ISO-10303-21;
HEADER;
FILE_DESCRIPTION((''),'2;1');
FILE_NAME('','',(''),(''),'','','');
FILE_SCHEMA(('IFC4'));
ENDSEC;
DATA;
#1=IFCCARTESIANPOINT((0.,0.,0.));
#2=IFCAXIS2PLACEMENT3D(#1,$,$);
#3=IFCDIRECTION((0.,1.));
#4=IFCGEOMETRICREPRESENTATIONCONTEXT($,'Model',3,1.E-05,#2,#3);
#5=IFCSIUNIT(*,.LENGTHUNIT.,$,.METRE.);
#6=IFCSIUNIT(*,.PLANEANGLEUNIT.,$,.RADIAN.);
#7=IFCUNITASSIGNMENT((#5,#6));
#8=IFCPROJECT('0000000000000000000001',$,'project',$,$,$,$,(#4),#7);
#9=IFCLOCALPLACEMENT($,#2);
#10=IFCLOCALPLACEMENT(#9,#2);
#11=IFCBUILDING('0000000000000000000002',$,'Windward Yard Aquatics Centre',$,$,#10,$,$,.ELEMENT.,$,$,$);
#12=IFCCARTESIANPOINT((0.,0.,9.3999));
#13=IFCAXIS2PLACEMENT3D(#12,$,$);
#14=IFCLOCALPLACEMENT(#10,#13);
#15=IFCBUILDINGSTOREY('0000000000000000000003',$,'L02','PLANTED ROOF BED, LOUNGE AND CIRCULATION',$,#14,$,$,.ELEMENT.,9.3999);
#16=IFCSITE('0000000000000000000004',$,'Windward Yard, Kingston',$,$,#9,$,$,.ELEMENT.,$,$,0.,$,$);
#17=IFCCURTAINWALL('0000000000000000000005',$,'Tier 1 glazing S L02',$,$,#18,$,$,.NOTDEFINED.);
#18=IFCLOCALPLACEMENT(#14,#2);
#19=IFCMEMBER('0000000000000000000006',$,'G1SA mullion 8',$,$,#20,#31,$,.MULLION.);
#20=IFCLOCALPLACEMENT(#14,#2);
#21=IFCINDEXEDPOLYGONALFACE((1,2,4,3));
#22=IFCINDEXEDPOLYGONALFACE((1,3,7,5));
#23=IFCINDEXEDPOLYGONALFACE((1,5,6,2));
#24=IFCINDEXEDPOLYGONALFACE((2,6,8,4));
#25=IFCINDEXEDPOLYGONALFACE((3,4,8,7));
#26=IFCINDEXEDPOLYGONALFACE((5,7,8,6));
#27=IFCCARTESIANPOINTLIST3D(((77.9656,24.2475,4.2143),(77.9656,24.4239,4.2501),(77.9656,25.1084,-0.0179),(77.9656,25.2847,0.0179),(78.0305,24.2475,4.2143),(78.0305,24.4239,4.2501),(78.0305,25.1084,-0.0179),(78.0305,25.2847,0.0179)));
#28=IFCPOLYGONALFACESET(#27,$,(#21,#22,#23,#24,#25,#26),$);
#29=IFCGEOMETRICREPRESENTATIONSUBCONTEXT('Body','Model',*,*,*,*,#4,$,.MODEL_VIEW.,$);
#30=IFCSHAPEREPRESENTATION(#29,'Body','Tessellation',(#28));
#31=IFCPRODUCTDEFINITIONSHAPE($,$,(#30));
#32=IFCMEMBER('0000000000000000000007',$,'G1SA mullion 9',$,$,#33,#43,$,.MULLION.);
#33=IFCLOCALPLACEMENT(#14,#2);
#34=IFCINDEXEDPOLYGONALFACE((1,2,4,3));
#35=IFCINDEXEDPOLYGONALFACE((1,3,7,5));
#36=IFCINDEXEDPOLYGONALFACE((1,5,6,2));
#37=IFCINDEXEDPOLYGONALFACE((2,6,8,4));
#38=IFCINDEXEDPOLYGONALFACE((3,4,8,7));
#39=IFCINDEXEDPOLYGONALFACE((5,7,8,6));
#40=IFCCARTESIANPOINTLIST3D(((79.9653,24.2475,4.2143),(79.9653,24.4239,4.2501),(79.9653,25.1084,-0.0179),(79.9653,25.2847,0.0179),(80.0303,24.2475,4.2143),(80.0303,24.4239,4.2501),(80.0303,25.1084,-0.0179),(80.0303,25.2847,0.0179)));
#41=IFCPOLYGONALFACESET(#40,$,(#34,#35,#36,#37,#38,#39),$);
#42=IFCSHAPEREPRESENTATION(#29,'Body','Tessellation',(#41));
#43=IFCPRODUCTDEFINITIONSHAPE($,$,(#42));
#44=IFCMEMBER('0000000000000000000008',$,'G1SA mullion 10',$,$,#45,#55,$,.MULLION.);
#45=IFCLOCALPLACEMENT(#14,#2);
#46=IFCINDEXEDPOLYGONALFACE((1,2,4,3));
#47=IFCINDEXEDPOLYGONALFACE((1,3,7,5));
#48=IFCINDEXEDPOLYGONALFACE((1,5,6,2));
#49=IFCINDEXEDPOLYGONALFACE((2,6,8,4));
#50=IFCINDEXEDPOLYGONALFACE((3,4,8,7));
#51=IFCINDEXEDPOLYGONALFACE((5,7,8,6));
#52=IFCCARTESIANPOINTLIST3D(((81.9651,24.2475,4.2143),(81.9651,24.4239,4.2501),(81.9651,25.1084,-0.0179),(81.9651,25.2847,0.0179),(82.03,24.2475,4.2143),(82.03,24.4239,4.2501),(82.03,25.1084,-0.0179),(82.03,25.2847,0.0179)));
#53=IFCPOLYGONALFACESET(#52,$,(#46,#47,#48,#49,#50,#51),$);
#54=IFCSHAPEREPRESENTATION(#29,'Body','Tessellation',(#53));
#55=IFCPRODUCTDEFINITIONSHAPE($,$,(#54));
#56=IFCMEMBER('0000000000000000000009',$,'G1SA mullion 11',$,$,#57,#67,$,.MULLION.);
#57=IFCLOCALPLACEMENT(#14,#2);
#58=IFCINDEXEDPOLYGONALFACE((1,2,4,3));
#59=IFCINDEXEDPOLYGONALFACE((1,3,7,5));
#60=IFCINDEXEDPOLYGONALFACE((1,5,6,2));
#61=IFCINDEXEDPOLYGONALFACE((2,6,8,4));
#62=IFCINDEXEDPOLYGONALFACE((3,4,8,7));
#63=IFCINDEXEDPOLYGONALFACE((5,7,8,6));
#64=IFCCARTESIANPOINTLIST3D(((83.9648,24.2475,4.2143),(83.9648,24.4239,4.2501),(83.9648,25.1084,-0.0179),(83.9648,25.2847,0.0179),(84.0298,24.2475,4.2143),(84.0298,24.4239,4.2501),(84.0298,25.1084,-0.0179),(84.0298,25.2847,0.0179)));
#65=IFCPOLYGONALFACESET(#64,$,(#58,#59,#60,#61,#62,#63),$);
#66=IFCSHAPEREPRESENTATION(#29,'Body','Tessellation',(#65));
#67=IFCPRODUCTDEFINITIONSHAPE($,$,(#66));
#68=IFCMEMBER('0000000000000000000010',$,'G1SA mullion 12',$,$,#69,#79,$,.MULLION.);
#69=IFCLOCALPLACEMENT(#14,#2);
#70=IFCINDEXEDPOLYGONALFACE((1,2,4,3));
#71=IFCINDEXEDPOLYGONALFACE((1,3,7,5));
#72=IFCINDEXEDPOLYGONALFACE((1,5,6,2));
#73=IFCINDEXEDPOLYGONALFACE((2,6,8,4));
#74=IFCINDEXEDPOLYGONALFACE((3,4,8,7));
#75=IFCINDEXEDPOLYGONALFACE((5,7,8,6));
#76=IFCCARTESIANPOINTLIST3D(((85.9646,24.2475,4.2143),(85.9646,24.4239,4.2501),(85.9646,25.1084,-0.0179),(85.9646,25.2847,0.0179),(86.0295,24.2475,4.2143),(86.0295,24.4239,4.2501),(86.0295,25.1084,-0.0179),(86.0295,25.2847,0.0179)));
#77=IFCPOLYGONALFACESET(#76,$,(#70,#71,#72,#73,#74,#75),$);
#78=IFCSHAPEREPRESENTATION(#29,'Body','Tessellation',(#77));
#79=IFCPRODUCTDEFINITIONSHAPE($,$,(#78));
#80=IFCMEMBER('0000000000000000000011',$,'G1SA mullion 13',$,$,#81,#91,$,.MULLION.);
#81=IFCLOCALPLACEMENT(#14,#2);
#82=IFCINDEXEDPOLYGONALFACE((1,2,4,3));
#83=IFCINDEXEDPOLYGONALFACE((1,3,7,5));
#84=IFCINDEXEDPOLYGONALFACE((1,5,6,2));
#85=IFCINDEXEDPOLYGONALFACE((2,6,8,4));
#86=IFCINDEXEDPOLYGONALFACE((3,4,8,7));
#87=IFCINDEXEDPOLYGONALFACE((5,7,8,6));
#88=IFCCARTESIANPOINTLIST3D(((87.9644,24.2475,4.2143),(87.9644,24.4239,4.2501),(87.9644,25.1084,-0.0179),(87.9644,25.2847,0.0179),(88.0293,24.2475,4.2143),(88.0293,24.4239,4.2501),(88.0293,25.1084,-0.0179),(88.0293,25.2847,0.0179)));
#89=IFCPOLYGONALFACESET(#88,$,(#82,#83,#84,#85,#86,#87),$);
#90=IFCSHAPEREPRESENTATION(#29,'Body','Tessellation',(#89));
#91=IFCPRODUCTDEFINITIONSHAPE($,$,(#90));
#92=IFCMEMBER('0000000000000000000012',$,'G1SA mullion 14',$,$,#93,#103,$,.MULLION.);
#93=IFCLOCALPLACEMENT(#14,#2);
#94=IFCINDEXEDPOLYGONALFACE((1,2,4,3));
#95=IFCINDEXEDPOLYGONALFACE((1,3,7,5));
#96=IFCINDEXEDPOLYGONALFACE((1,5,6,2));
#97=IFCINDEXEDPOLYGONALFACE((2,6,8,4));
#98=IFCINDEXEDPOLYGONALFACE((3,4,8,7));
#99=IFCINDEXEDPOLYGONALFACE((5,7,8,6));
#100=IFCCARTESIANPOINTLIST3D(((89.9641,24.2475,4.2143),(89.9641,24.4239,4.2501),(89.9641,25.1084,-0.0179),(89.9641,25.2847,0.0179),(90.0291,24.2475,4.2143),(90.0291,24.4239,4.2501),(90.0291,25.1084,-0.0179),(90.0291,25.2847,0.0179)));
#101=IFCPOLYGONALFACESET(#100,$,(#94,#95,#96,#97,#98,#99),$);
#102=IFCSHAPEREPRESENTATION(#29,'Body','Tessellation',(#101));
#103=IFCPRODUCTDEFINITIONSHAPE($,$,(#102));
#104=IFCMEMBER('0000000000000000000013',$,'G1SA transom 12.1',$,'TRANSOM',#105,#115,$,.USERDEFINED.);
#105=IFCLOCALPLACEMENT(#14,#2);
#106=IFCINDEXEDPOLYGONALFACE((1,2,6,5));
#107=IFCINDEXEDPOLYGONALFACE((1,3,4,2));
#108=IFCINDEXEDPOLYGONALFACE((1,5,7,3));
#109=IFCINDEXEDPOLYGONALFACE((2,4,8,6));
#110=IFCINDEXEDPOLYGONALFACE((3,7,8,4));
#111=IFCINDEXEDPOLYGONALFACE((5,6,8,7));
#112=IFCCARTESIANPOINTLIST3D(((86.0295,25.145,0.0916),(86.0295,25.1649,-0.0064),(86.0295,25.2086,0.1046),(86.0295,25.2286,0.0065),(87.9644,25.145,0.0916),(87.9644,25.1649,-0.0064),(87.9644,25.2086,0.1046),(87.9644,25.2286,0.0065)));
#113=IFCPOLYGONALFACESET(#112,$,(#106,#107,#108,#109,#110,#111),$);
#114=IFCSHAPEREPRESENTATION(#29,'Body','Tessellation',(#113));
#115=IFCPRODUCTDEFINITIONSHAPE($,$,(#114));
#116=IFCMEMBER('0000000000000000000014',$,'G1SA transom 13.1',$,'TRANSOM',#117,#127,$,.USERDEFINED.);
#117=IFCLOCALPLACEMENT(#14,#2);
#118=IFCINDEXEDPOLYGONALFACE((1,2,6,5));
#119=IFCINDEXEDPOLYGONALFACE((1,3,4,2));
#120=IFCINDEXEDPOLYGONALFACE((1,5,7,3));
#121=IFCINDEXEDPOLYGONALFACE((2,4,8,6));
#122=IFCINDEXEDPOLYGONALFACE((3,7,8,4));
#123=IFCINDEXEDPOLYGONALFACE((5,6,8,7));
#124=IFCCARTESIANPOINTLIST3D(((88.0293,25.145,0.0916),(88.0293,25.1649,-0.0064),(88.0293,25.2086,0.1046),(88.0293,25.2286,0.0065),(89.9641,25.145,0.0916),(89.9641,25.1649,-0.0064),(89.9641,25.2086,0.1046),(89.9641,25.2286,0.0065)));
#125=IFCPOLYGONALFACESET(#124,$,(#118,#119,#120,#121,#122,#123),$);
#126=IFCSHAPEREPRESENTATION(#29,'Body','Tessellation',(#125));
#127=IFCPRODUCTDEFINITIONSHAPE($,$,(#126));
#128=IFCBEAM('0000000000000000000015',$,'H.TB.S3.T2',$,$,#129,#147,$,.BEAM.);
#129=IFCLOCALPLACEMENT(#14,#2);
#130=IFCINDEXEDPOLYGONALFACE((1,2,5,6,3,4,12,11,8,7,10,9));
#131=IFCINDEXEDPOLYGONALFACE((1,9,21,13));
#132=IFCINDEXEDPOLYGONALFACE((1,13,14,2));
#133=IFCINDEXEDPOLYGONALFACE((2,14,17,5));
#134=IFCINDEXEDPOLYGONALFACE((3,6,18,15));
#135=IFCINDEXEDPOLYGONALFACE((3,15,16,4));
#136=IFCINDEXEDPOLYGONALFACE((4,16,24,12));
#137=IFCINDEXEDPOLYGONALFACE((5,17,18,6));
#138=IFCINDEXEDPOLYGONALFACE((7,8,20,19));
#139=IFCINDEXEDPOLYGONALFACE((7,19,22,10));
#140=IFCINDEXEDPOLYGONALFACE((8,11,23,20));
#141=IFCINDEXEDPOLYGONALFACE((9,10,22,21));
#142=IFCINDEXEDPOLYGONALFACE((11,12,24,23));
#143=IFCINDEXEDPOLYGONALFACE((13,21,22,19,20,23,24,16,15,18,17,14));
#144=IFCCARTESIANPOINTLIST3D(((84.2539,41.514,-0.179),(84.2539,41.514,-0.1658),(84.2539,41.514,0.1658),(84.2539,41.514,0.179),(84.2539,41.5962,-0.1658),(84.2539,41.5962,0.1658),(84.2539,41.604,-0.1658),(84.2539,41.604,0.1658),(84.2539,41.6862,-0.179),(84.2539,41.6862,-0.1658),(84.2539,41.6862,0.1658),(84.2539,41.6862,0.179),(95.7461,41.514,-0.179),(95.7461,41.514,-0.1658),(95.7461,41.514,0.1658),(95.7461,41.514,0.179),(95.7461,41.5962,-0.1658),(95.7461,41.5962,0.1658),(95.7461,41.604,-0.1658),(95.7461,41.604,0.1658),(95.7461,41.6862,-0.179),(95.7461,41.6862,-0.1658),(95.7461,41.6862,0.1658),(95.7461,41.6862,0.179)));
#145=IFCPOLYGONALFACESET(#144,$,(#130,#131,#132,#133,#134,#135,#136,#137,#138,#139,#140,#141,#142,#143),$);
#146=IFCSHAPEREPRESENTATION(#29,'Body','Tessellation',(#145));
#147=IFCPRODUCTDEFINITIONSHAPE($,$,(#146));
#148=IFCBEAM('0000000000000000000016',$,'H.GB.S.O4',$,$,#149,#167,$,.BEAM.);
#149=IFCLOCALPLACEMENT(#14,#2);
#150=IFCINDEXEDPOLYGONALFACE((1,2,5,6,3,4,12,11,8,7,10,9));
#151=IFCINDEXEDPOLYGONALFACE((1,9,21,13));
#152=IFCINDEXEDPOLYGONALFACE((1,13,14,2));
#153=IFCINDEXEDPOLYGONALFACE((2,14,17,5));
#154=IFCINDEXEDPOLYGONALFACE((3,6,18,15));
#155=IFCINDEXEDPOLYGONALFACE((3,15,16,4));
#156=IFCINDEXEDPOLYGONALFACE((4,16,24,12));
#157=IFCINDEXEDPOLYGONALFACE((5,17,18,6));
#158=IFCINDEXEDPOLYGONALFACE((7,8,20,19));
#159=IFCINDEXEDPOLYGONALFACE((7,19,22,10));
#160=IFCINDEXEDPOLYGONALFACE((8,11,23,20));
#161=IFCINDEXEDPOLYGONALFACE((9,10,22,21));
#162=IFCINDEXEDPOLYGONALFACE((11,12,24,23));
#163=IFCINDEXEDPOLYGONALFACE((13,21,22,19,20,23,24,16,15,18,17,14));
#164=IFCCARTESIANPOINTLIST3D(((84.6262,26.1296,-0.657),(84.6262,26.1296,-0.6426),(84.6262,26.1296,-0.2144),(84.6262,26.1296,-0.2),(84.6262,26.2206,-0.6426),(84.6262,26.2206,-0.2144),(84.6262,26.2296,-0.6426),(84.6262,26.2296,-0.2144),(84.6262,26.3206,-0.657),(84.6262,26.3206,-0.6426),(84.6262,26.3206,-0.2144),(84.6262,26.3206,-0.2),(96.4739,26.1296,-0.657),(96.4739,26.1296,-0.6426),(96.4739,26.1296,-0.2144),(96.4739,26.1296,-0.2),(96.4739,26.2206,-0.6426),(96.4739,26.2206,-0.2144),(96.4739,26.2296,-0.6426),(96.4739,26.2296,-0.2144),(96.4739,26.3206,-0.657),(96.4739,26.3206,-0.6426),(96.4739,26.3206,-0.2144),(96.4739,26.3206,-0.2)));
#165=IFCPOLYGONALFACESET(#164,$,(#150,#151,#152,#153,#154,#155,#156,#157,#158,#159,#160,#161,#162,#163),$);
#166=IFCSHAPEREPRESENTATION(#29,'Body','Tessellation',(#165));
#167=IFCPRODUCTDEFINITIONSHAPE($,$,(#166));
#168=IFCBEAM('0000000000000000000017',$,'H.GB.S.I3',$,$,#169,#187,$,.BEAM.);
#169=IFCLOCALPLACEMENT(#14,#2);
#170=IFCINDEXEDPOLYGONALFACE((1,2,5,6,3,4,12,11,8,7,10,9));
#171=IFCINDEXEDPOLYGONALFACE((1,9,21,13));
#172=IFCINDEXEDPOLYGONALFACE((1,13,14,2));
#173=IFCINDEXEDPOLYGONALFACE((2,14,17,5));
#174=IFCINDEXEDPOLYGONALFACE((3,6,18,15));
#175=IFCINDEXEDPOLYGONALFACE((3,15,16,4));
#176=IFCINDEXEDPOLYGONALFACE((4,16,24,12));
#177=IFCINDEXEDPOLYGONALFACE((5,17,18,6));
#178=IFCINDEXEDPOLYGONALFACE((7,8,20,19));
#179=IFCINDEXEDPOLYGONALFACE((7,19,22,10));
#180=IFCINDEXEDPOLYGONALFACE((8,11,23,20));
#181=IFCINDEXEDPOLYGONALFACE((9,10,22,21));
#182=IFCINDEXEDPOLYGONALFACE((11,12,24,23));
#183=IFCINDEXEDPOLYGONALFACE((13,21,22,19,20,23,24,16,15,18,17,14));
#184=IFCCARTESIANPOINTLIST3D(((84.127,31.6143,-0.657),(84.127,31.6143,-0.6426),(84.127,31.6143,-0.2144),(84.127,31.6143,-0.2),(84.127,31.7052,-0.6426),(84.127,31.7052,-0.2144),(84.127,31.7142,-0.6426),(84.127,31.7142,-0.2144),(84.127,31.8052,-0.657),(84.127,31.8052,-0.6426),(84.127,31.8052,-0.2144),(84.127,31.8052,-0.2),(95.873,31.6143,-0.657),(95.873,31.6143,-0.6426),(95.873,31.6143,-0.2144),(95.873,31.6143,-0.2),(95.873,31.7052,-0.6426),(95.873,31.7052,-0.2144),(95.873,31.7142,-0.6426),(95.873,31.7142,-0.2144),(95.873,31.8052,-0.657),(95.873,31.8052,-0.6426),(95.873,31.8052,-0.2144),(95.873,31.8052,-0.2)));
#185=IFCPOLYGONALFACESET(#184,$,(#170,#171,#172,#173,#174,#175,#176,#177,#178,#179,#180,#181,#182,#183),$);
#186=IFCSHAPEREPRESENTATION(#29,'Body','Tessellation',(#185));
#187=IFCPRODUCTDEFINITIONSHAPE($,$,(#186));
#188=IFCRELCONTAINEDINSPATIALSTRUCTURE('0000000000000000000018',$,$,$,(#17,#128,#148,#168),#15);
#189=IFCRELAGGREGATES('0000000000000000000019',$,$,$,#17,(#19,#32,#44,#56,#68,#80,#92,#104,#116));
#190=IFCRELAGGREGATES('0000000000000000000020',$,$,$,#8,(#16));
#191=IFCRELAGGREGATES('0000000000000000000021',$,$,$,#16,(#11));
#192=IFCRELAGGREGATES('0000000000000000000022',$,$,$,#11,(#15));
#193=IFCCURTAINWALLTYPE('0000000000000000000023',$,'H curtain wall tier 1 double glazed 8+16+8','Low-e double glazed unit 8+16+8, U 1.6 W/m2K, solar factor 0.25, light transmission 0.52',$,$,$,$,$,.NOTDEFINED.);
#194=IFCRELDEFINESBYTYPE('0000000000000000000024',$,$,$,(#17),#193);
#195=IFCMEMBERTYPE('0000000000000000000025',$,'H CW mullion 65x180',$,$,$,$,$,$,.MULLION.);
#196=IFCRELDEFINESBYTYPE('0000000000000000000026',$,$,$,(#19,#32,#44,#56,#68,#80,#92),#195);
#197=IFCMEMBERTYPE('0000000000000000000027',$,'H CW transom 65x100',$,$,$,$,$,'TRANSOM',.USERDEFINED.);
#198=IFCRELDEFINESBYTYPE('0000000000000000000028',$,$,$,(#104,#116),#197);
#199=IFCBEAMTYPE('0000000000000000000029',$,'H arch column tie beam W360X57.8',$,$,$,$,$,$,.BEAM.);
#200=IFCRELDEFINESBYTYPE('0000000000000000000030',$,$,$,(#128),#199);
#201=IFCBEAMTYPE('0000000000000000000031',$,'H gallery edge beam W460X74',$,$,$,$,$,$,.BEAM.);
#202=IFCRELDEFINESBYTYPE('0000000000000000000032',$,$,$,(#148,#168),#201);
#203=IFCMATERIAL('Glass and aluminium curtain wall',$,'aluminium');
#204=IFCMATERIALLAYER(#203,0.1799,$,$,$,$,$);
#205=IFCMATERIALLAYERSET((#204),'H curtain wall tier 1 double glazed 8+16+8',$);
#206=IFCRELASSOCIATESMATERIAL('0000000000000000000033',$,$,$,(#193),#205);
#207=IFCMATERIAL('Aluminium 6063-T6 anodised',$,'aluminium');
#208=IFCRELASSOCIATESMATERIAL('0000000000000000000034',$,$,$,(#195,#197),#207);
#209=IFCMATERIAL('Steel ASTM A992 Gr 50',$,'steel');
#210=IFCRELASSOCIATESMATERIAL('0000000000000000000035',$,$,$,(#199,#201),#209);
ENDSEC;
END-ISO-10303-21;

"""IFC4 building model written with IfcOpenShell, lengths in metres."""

from ifc_helpers import new_model, si_unit, direction, frame, origin, origin_2d, place, context, subcontext, project, spatial, rectangle, i_section, extrude, material, layer, layer_set, material_profile, profile_set, type_object, element, aggregate, save


model = new_model("IFC4")

# Units and contexts
model_context = context("Model", 3, precision=1e-05, world=origin(), true_north=direction((0.0, 1.0)))
body_context = subcontext(model_context, "Body", "Model", "MODEL_VIEW")
ifc_project = project(units=[si_unit("LENGTHUNIT", "METRE"), si_unit("PLANEANGLEUNIT", "RADIAN")], contexts=[model_context])

# Site, building, storey
site_placement = place(None, origin())
site = spatial("IfcSite", under=ifc_project, at=site_placement, Name="Windward Yard, Kingston", CompositionType="ELEMENT", RefElevation=0.0)
building_placement = place(site_placement, origin())
building = spatial("IfcBuilding", under=site, at=building_placement, Name="Windward Yard Aquatics Centre", CompositionType="ELEMENT")
storey_placement = place(building_placement, frame((0.0, 0.0, 9.3999)))
storey = spatial("IfcBuildingStorey", under=building, at=storey_placement, Name="L02", Description="PLANTED ROOF BED, LOUNGE AND CIRCULATION", CompositionType="ELEMENT", Elevation=9.3999)

# Curtain wall, members
ifc_material_1 = material(Name="Glass and aluminium curtain wall", Category="aluminium")
ifc_layer_1 = layer(ifc_material_1, 0.1799)
ifc_layer_set_1 = layer_set([ifc_layer_1], Name="H curtain wall tier 1 double glazed 8+16+8")
curtain_wall_type = type_object("IfcCurtainWallType", Name="H curtain wall tier 1 double glazed 8+16+8", Description="Low-e double glazed unit 8+16+8, U 1.6 W/m2K, solar factor 0.25, light transmission 0.52", PredefinedType="NOTDEFINED", material=ifc_layer_set_1)
curtain_wall_placement = place(storey_placement, origin())
curtain_wall = element("IfcCurtainWall", 1, at=curtain_wall_placement, inside=storey, type_object=curtain_wall_type, Name="Tier 1 glazing S L02", PredefinedType="NOTDEFINED")
ifc_material_2 = material(Name="Aluminium 6063-T6 anodised", Category="aluminium")
ifc_material_profile_1 = material_profile(ifc_material_2, rectangle(XDim=0.0649, YDim=0.1799, at=origin_2d()), Name="H CW mullion 65x180")
ifc_profile_set_1 = profile_set([ifc_material_profile_1], Name="Aluminium 6063-T6 anodised")
member_type_1 = type_object("IfcMemberType", Name="H CW mullion 65x180", PredefinedType="MULLION", material=ifc_profile_set_1)
member_1_placement = place(storey_placement, frame((77.998, 25.1965, 0.0), z_axis=(0.0, -0.199322, 0.979934), x_axis=(1.0, 0.0, 0.0)))
member_1 = element("IfcMember", 2, at=member_1_placement, type_object=member_type_1, Name="G1SA mullion 8", PredefinedType="MULLION", context=body_context, shape_type="SweptSolid", body=[
    extrude(rectangle(XDim=0.0649, YDim=0.1799, at=origin_2d()), origin(), (0.0, 0.0, 1.0), 4.3188),
])
member_2_placement = place(storey_placement, frame((79.9978, 25.1965, 0.0), z_axis=(0.0, -0.199322, 0.979934), x_axis=(1.0, 0.0, 0.0)))
member_2 = element("IfcMember", 3, at=member_2_placement, type_object=member_type_1, Name="G1SA mullion 9", PredefinedType="MULLION", context=body_context, shape_type="SweptSolid", body=[
    extrude(rectangle(XDim=0.0649, YDim=0.1799, at=origin_2d()), origin(), (0.0, 0.0, 1.0), 4.3188),
])
member_3_placement = place(storey_placement, frame((81.9976, 25.1965, 0.0), z_axis=(0.0, -0.199322, 0.979934), x_axis=(1.0, 0.0, 0.0)))
member_3 = element("IfcMember", 4, at=member_3_placement, type_object=member_type_1, Name="G1SA mullion 10", PredefinedType="MULLION", context=body_context, shape_type="SweptSolid", body=[
    extrude(rectangle(XDim=0.0649, YDim=0.1799, at=origin_2d()), origin(), (0.0, 0.0, 1.0), 4.3188),
])
member_4_placement = place(storey_placement, frame((83.9973, 25.1965, 0.0), z_axis=(0.0, -0.199322, 0.979934), x_axis=(1.0, 0.0, 0.0)))
member_4 = element("IfcMember", 5, at=member_4_placement, type_object=member_type_1, Name="G1SA mullion 11", PredefinedType="MULLION", context=body_context, shape_type="SweptSolid", body=[
    extrude(rectangle(XDim=0.0649, YDim=0.1799, at=origin_2d()), origin(), (0.0, 0.0, 1.0), 4.3188),
])
member_5_placement = place(storey_placement, frame((85.9971, 25.1965, 0.0), z_axis=(0.0, -0.199322, 0.979934), x_axis=(1.0, 0.0, 0.0)))
member_5 = element("IfcMember", 6, at=member_5_placement, type_object=member_type_1, Name="G1SA mullion 12", PredefinedType="MULLION", context=body_context, shape_type="SweptSolid", body=[
    extrude(rectangle(XDim=0.0649, YDim=0.1799, at=origin_2d()), origin(), (0.0, 0.0, 1.0), 4.3188),
])
member_6_placement = place(storey_placement, frame((87.9968, 25.1965, 0.0), z_axis=(0.0, -0.199322, 0.979934), x_axis=(1.0, 0.0, 0.0)))
member_6 = element("IfcMember", 7, at=member_6_placement, type_object=member_type_1, Name="G1SA mullion 13", PredefinedType="MULLION", context=body_context, shape_type="SweptSolid", body=[
    extrude(rectangle(XDim=0.0649, YDim=0.1799, at=origin_2d()), origin(), (0.0, 0.0, 1.0), 4.3188),
])
member_7_placement = place(storey_placement, frame((89.9966, 25.1965, 0.0), z_axis=(0.0, -0.199322, 0.979934), x_axis=(1.0, 0.0, 0.0)))
member_7 = element("IfcMember", 8, at=member_7_placement, type_object=member_type_1, Name="G1SA mullion 14", PredefinedType="MULLION", context=body_context, shape_type="SweptSolid", body=[
    extrude(rectangle(XDim=0.0649, YDim=0.1799, at=origin_2d()), origin(), (0.0, 0.0, 1.0), 4.3188),
])
ifc_material_profile_2 = material_profile(ifc_material_2, rectangle(XDim=0.0649, YDim=0.1001, at=origin_2d()), Name="H CW transom 65x100")
ifc_profile_set_2 = profile_set([ifc_material_profile_2], Name="Aluminium 6063-T6 anodised")
member_type_2 = type_object("IfcMemberType", Name="H CW transom 65x100", ElementType="TRANSOM", PredefinedType="USERDEFINED", material=ifc_profile_set_2)
member_8_placement = place(storey_placement, frame((86.0295, 25.1868, 0.0491), z_axis=(1.0, 0.0, 0.0), x_axis=(0.0, 0.979925, 0.199368)))
member_8 = element("IfcMember", 9, at=member_8_placement, type_object=member_type_2, Name="G1SA transom 12.1", ObjectType="TRANSOM", PredefinedType="USERDEFINED", context=body_context, shape_type="SweptSolid", body=[
    extrude(rectangle(XDim=0.0649, YDim=0.1001, at=origin_2d()), origin(), (0.0, 0.0, 1.0), 1.9348),
])
member_9_placement = place(storey_placement, frame((88.0293, 25.1868, 0.0491), z_axis=(1.0, 0.0, 0.0), x_axis=(0.0, 0.979925, 0.199368)))
member_9 = element("IfcMember", 10, at=member_9_placement, type_object=member_type_2, Name="G1SA transom 13.1", ObjectType="TRANSOM", PredefinedType="USERDEFINED", context=body_context, shape_type="SweptSolid", body=[
    extrude(rectangle(XDim=0.0649, YDim=0.1001, at=origin_2d()), origin(), (0.0, 0.0, 1.0), 1.9348),
])
aggregate(curtain_wall, [member_1, member_2, member_3, member_4, member_5, member_6, member_7, member_8, member_9])

# Beams
ifc_material_3 = material(Name="Steel ASTM A992 Gr 50", Category="steel")
ifc_material_profile_3 = material_profile(ifc_material_3, i_section(OverallWidth=0.1721, OverallDepth=0.3579, WebThickness=0.0078, FlangeThickness=0.0132, at=origin_2d()), Name="W360X57.8")
ifc_profile_set_3 = profile_set([ifc_material_profile_3], Name="Steel ASTM A992 Gr 50")
beam_type_1 = type_object("IfcBeamType", Name="H arch column tie beam W360X57.8", PredefinedType="BEAM", material=ifc_profile_set_3)
beam_1_placement = place(storey_placement, frame((84.2539, 41.6001, 0.0), z_axis=(1.0, 0.0, 0.0), x_axis=(0.0, 1.0, 0.0)))
element("IfcBeam", 11, at=beam_1_placement, inside=storey, type_object=beam_type_1, Name="H.TB.S3.T2", PredefinedType="BEAM", context=body_context, shape_type="SweptSolid", body=[
    extrude(i_section(OverallWidth=0.1721, OverallDepth=0.3579, WebThickness=0.0078, FlangeThickness=0.0132, at=origin_2d()), origin(), (0.0, 0.0, 1.0), 11.4922),
])
ifc_material_profile_4 = material_profile(ifc_material_3, i_section(OverallWidth=0.1909, OverallDepth=0.457, WebThickness=0.009, FlangeThickness=0.0144, at=origin_2d()), Name="W460X74")
ifc_profile_set_4 = profile_set([ifc_material_profile_4], Name="Steel ASTM A992 Gr 50")
beam_type_2 = type_object("IfcBeamType", Name="H gallery edge beam W460X74", PredefinedType="BEAM", material=ifc_profile_set_4)
beam_2_placement = place(storey_placement, frame((84.6262, 26.2251, -0.4285), z_axis=(1.0, 0.0, 0.0), x_axis=(0.0, 1.0, 0.0)))
element("IfcBeam", 12, at=beam_2_placement, inside=storey, type_object=beam_type_2, Name="H.GB.S.O4", PredefinedType="BEAM", context=body_context, shape_type="SweptSolid", body=[
    extrude(i_section(OverallWidth=0.1909, OverallDepth=0.457, WebThickness=0.009, FlangeThickness=0.0144, at=origin_2d()), origin(), (0.0, 0.0, 1.0), 11.8477),
])
beam_3_placement = place(storey_placement, frame((84.127, 31.7097, -0.4285), z_axis=(1.0, 0.0, 0.0), x_axis=(0.0, 1.0, 0.0)))
element("IfcBeam", 13, at=beam_3_placement, inside=storey, type_object=beam_type_2, Name="H.GB.S.I3", PredefinedType="BEAM", context=body_context, shape_type="SweptSolid", body=[
    extrude(i_section(OverallWidth=0.1909, OverallDepth=0.457, WebThickness=0.009, FlangeThickness=0.0144, at=origin_2d()), origin(), (0.0, 0.0, 1.0), 11.7461),
])

save(model, "model.ifc")
